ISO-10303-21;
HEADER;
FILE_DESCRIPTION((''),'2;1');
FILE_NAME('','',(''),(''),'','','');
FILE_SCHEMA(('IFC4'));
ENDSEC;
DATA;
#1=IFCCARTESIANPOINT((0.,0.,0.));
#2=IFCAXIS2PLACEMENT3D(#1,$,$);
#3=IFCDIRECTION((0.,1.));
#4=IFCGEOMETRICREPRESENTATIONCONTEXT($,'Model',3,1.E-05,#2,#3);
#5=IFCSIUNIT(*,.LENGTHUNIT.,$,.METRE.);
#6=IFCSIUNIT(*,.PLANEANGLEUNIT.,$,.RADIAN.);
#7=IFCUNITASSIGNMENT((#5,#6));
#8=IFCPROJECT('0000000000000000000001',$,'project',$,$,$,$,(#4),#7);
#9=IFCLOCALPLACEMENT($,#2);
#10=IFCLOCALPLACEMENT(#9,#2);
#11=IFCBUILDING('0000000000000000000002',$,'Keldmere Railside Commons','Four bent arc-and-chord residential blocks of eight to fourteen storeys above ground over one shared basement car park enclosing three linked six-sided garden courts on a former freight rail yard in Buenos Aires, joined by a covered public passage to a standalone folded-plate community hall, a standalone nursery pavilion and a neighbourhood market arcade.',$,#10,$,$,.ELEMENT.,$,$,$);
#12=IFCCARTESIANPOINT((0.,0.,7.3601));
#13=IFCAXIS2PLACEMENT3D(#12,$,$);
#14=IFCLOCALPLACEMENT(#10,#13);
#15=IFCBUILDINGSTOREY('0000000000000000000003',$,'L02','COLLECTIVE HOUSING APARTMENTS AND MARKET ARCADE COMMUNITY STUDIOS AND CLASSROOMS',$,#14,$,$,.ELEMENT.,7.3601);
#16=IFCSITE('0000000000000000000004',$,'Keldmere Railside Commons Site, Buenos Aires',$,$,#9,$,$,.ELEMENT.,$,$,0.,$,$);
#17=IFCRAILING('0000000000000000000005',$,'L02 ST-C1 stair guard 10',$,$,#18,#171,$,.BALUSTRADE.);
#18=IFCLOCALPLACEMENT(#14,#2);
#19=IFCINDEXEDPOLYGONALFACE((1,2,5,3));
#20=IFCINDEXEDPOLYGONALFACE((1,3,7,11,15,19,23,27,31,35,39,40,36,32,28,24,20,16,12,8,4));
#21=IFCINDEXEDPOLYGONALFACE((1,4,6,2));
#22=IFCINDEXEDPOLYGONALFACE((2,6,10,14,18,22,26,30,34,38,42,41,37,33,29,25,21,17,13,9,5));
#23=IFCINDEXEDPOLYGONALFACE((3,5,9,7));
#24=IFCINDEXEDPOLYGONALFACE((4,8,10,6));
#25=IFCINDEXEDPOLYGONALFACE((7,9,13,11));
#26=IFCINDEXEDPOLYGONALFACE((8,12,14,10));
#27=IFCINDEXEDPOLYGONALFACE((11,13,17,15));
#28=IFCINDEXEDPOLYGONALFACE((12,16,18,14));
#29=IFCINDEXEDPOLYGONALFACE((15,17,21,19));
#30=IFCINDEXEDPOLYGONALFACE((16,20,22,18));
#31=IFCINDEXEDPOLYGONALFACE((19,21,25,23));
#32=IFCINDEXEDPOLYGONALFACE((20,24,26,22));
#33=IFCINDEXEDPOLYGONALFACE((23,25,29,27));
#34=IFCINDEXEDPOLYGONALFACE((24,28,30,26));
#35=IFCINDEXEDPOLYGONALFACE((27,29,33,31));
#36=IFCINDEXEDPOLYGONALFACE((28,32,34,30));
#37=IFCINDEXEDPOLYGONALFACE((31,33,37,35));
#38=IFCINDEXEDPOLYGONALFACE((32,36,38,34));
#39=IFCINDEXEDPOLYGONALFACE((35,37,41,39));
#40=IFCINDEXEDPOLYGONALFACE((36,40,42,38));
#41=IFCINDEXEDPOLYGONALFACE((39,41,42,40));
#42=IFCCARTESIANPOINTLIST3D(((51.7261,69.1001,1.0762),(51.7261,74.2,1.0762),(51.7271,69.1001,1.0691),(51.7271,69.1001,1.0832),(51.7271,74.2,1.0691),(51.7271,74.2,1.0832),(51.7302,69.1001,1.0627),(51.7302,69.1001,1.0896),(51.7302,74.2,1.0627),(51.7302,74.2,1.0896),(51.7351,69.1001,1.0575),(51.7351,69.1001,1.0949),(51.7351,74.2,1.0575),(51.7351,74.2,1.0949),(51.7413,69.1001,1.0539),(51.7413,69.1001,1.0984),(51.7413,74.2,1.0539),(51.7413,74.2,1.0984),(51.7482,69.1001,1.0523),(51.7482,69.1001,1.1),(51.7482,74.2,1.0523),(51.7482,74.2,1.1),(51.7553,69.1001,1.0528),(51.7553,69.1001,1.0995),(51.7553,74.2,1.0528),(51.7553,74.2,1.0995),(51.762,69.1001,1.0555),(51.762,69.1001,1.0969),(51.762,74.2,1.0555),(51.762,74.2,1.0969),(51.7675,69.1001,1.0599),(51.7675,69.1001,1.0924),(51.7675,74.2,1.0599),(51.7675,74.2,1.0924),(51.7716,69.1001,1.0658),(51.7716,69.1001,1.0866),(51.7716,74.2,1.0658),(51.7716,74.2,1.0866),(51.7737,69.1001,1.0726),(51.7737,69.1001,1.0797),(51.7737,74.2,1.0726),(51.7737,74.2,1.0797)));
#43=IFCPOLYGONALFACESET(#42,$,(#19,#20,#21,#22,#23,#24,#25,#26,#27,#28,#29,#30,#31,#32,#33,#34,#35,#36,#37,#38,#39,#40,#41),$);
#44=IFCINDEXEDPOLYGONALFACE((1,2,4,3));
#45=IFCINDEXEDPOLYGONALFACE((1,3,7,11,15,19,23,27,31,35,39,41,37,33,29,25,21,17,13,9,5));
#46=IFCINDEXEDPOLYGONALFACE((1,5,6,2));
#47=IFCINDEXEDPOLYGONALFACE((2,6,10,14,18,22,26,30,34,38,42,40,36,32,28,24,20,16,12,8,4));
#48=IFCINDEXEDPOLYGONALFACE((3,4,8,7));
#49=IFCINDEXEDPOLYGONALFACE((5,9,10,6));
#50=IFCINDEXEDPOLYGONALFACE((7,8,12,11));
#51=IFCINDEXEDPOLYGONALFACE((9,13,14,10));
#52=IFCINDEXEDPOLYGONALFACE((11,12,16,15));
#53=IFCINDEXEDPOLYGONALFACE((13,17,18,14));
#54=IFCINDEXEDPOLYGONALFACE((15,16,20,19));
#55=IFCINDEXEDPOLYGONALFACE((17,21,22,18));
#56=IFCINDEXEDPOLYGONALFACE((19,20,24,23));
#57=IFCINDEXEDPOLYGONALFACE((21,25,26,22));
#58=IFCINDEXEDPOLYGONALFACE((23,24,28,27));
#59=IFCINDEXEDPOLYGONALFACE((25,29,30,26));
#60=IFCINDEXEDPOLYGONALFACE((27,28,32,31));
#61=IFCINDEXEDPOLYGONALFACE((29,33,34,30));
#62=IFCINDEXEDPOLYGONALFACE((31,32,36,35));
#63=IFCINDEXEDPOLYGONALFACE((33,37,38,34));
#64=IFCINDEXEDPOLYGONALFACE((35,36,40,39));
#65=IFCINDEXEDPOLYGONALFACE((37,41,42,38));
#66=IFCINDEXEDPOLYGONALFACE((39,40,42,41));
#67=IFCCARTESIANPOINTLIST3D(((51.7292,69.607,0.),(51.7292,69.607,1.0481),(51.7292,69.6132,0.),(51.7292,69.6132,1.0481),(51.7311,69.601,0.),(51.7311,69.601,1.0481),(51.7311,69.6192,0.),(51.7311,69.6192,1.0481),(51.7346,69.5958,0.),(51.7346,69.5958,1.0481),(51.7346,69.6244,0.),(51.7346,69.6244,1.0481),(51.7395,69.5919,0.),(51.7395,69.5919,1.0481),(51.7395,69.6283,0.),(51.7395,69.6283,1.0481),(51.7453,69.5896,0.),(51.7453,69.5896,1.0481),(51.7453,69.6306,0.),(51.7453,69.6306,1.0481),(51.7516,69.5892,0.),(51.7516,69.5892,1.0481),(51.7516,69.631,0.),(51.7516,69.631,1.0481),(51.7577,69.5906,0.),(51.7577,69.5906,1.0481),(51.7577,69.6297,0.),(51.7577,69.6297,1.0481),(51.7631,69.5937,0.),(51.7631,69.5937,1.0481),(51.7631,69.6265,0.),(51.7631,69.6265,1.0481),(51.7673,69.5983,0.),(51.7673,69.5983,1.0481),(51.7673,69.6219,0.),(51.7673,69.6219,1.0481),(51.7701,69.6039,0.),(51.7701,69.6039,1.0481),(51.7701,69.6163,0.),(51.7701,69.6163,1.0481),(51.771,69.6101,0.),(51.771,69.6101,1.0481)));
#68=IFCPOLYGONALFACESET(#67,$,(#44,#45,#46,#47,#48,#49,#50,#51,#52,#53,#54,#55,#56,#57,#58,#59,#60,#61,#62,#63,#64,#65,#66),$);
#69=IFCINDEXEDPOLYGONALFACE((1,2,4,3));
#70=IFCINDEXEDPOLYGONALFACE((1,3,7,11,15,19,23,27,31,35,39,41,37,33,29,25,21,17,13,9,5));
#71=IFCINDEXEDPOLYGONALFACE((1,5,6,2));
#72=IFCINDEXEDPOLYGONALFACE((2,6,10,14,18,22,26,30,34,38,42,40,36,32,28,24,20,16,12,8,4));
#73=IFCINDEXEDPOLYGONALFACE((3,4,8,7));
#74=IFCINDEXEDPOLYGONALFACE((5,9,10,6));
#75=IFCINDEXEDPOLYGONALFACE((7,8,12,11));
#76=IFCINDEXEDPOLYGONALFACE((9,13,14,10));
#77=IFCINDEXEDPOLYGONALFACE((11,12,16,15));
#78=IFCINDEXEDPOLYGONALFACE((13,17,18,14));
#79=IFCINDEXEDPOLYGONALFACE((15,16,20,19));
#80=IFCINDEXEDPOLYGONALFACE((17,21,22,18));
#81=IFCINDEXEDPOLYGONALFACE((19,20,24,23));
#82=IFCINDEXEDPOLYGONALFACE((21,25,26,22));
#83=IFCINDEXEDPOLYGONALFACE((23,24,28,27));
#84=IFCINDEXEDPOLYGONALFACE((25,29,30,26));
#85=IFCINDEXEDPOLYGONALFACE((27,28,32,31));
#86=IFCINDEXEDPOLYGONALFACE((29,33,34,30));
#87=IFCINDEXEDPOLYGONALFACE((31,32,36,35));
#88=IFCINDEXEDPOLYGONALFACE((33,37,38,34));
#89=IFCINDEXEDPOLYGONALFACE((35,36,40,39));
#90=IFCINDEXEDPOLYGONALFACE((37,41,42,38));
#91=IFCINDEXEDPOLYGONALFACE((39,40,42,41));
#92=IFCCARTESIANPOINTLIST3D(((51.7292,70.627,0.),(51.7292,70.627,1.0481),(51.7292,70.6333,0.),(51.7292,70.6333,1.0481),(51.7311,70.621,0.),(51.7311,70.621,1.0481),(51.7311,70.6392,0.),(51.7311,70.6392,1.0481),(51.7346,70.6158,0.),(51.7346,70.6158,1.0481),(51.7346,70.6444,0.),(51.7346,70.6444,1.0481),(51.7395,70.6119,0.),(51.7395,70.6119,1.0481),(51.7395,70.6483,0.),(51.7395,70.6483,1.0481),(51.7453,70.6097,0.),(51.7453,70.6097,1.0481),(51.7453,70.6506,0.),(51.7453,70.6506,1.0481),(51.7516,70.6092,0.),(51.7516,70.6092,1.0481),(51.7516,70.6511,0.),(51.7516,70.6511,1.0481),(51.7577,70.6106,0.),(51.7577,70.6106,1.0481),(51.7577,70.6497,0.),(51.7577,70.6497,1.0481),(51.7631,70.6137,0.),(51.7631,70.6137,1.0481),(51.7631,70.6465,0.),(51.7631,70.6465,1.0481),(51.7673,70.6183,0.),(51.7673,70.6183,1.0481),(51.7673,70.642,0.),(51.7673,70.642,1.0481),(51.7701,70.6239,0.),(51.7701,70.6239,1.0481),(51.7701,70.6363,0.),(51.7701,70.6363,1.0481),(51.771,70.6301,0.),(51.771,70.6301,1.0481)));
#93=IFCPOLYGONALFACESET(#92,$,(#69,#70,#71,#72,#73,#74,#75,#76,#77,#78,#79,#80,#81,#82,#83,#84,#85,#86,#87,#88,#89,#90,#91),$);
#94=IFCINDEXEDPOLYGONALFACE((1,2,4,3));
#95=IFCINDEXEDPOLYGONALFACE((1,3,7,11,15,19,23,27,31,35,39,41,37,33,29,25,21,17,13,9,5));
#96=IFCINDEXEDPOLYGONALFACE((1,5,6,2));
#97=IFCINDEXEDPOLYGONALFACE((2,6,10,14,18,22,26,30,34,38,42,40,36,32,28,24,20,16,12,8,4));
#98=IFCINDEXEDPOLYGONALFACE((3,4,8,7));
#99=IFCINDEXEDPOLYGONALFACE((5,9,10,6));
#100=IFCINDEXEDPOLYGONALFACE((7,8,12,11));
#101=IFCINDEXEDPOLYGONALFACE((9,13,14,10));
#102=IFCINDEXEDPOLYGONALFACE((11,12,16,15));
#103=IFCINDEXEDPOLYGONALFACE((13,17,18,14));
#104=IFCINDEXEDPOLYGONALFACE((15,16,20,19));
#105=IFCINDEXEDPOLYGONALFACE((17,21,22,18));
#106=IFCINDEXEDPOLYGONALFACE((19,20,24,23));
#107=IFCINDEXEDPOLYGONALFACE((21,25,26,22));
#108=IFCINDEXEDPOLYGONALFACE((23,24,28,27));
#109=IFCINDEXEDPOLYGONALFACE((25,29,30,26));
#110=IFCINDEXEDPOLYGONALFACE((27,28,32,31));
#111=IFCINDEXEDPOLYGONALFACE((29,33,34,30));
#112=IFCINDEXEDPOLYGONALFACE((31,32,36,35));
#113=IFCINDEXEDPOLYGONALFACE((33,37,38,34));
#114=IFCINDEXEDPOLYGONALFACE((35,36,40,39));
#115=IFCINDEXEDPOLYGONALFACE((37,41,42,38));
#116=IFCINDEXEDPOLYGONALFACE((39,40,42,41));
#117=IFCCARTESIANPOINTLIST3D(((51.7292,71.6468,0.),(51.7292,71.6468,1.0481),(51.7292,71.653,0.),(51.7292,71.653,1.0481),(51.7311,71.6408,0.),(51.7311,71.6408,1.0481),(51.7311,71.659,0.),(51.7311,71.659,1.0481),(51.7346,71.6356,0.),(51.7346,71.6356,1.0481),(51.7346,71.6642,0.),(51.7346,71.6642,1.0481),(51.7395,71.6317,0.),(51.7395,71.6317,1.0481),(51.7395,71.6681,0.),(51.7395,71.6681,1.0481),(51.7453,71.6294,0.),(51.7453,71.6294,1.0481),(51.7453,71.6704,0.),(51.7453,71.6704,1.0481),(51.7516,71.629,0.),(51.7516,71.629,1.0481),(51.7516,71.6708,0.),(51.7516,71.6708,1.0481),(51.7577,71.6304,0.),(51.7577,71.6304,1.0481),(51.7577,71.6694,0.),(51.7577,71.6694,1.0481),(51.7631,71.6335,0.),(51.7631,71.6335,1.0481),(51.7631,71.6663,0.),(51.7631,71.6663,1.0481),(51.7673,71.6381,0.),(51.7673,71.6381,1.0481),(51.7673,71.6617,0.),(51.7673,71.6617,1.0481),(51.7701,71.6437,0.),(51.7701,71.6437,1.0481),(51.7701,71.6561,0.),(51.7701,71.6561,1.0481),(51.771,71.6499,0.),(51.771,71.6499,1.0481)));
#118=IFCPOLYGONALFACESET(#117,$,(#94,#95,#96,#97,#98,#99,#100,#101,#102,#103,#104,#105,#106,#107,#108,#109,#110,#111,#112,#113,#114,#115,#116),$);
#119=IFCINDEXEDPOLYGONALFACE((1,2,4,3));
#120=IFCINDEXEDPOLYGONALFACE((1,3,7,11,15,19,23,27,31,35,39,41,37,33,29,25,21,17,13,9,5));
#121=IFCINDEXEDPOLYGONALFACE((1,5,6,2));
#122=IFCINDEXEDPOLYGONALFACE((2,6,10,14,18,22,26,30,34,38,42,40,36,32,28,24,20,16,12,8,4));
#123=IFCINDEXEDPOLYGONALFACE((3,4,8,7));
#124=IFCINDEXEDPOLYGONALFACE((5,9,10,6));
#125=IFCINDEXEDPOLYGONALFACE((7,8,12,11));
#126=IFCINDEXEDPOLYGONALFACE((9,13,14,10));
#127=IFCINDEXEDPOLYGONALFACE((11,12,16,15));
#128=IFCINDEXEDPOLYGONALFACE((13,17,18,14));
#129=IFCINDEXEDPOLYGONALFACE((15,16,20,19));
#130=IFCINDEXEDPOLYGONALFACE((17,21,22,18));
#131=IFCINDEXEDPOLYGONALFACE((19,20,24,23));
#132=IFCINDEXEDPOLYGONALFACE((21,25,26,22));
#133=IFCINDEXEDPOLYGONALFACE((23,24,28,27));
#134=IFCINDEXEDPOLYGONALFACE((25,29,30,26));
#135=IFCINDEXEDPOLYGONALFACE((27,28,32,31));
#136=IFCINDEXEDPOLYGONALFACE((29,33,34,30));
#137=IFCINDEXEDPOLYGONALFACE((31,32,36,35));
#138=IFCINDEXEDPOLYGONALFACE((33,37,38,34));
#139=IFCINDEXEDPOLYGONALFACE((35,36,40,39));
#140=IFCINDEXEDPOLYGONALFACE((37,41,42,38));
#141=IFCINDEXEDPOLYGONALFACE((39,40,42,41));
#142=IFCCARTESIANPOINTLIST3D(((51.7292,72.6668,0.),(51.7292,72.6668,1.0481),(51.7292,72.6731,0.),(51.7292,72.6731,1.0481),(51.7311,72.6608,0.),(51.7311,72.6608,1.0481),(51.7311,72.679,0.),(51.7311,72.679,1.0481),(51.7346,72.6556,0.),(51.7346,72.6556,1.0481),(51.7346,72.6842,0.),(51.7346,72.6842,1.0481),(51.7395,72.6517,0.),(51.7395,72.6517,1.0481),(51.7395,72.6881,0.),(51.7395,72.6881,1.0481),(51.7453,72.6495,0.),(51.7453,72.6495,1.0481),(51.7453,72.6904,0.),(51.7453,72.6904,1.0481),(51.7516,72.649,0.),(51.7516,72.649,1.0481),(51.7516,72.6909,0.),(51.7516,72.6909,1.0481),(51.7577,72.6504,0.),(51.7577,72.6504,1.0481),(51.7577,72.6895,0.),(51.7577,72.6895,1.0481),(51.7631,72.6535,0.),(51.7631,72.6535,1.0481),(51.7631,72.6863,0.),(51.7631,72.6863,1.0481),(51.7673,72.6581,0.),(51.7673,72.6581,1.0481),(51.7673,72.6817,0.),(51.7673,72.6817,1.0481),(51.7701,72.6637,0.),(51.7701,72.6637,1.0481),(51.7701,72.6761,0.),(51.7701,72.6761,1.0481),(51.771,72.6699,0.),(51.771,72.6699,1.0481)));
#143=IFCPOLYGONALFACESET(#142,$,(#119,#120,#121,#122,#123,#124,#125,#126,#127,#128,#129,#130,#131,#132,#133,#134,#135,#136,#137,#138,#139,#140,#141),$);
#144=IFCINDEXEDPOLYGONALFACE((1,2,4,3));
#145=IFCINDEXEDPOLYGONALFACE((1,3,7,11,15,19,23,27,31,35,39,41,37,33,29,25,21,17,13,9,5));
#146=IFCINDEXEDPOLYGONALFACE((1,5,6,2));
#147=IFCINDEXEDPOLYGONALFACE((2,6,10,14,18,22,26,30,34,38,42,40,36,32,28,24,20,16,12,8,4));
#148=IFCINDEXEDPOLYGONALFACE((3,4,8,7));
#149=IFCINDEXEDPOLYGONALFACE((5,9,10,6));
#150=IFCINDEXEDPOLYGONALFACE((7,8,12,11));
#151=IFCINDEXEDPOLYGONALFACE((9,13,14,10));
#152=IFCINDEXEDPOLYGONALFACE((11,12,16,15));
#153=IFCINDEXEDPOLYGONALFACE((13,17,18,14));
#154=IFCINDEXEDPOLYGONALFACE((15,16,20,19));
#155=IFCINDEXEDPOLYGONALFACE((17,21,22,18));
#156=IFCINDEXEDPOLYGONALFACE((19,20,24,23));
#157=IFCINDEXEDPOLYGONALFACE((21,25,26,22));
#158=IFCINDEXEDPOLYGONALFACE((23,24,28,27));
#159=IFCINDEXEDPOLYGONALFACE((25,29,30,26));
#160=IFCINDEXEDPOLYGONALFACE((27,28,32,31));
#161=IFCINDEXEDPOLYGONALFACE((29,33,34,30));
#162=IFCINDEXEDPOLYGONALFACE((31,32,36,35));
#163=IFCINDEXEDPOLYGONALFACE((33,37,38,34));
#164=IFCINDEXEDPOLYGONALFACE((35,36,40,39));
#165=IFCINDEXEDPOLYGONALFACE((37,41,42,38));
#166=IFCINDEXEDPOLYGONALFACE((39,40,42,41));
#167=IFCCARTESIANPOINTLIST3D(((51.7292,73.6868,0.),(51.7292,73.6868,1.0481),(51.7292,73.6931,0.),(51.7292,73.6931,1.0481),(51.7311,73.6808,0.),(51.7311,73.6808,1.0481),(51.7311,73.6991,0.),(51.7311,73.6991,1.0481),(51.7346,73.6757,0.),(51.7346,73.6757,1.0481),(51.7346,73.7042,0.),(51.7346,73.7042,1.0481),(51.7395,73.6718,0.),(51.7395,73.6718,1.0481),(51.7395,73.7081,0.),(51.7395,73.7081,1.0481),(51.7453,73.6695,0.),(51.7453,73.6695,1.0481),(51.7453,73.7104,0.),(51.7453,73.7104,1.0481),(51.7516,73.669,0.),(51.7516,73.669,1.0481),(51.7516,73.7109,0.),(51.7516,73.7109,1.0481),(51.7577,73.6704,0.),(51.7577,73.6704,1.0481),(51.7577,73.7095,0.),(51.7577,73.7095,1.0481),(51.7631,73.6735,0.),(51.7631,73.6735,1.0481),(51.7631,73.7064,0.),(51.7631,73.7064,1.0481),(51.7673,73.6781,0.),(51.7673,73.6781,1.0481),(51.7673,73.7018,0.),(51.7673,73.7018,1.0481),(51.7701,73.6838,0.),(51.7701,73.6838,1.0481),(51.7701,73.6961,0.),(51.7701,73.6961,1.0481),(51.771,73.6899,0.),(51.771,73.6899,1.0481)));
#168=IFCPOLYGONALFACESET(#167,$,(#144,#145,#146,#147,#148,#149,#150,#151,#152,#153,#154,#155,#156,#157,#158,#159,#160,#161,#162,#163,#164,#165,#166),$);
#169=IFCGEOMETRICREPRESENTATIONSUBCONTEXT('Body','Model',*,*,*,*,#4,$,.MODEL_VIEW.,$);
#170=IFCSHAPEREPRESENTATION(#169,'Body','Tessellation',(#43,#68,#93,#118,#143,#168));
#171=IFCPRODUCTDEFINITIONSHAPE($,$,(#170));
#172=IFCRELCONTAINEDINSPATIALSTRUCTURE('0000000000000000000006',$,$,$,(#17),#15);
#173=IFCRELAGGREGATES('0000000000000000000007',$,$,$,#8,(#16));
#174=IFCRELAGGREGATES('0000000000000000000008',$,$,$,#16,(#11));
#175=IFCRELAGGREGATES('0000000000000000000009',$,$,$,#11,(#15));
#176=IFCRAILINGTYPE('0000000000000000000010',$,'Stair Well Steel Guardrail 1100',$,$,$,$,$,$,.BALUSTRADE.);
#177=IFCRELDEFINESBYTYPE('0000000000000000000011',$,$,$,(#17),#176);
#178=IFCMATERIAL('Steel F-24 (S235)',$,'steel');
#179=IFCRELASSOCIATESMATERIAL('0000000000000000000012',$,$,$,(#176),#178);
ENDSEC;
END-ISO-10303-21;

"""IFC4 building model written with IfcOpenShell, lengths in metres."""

from ifc_helpers import new_model, si_unit, direction, frame, origin, origin_2d, place, context, subcontext, project, spatial, circle, extrude, material, type_object, element, save


model = new_model("IFC4")

# Units and contexts
model_context = context("Model", 3, precision=1e-05, world=origin(), true_north=direction((0.0, 1.0)))
body_context = subcontext(model_context, "Body", "Model", "MODEL_VIEW")
ifc_project = project(units=[si_unit("LENGTHUNIT", "METRE"), si_unit("PLANEANGLEUNIT", "RADIAN")], contexts=[model_context])

# Site, building, storey
site_placement = place(None, origin())
site = spatial("IfcSite", under=ifc_project, at=site_placement, Name="Keldmere Railside Commons Site, Buenos Aires", CompositionType="ELEMENT", RefElevation=0.0)
building_placement = place(site_placement, origin())
building = spatial("IfcBuilding", under=site, at=building_placement, Name="Keldmere Railside Commons", Description="Four bent arc-and-chord residential blocks of eight to fourteen storeys above ground over one shared basement car park enclosing three linked six-sided garden courts on a former freight rail yard in Buenos Aires, joined by a covered public passage to a standalone folded-plate community hall, a standalone nursery pavilion and a neighbourhood market arcade.", CompositionType="ELEMENT")
storey_placement = place(building_placement, frame((0.0, 0.0, 7.3601)))
storey = spatial("IfcBuildingStorey", under=building, at=storey_placement, Name="L02", Description="COLLECTIVE HOUSING APARTMENTS AND MARKET ARCADE COMMUNITY STUDIOS AND CLASSROOMS", CompositionType="ELEMENT", Elevation=7.3601)

# Shared definitions
ifc_material_1 = material(Name="Steel F-24 (S235)", Category="steel")

# Railing
railing_type_1 = type_object("IfcRailingType", Name="Stair Well Steel Guardrail 1100", PredefinedType="BALUSTRADE", material=ifc_material_1)
for number, where, name in (
    (1, (51.75, 69.1001, 0.0), "L02 ST-C1 stair guard 10"),
):
    element("IfcRailing", number, at=place(storey_placement, frame(where)), inside=storey, type_object=railing_type_1, Name=name, PredefinedType="BALUSTRADE", context=body_context, shape_type="SweptSolid", body=[
        extrude(circle(Radius=0.0239, at=origin_2d()), frame((0.0, 0.0, 1.0762), z_axis=(0.0, 1.0, 0.0), x_axis=(-1.0, 0.0, 0.0)), (0.0, 0.0, 1.0), 5.0999),
        extrude(circle(Radius=0.021, at=origin_2d()), frame((0.0, 0.51, 0.0)), (0.0, 0.0, 1.0), 1.0481),
        extrude(circle(Radius=0.021, at=origin_2d()), frame((0.0, 1.53, 0.0)), (0.0, 0.0, 1.0), 1.0481),
        extrude(circle(Radius=0.021, at=origin_2d()), frame((0.0, 2.5498, 0.0)), (0.0, 0.0, 1.0), 1.0481),
        extrude(circle(Radius=0.021, at=origin_2d()), frame((0.0, 3.5698, 0.0)), (0.0, 0.0, 1.0), 1.0481),
        extrude(circle(Radius=0.021, at=origin_2d()), frame((0.0, 4.5898, 0.0)), (0.0, 0.0, 1.0), 1.0481),
    ])

save(model, "model.ifc")
